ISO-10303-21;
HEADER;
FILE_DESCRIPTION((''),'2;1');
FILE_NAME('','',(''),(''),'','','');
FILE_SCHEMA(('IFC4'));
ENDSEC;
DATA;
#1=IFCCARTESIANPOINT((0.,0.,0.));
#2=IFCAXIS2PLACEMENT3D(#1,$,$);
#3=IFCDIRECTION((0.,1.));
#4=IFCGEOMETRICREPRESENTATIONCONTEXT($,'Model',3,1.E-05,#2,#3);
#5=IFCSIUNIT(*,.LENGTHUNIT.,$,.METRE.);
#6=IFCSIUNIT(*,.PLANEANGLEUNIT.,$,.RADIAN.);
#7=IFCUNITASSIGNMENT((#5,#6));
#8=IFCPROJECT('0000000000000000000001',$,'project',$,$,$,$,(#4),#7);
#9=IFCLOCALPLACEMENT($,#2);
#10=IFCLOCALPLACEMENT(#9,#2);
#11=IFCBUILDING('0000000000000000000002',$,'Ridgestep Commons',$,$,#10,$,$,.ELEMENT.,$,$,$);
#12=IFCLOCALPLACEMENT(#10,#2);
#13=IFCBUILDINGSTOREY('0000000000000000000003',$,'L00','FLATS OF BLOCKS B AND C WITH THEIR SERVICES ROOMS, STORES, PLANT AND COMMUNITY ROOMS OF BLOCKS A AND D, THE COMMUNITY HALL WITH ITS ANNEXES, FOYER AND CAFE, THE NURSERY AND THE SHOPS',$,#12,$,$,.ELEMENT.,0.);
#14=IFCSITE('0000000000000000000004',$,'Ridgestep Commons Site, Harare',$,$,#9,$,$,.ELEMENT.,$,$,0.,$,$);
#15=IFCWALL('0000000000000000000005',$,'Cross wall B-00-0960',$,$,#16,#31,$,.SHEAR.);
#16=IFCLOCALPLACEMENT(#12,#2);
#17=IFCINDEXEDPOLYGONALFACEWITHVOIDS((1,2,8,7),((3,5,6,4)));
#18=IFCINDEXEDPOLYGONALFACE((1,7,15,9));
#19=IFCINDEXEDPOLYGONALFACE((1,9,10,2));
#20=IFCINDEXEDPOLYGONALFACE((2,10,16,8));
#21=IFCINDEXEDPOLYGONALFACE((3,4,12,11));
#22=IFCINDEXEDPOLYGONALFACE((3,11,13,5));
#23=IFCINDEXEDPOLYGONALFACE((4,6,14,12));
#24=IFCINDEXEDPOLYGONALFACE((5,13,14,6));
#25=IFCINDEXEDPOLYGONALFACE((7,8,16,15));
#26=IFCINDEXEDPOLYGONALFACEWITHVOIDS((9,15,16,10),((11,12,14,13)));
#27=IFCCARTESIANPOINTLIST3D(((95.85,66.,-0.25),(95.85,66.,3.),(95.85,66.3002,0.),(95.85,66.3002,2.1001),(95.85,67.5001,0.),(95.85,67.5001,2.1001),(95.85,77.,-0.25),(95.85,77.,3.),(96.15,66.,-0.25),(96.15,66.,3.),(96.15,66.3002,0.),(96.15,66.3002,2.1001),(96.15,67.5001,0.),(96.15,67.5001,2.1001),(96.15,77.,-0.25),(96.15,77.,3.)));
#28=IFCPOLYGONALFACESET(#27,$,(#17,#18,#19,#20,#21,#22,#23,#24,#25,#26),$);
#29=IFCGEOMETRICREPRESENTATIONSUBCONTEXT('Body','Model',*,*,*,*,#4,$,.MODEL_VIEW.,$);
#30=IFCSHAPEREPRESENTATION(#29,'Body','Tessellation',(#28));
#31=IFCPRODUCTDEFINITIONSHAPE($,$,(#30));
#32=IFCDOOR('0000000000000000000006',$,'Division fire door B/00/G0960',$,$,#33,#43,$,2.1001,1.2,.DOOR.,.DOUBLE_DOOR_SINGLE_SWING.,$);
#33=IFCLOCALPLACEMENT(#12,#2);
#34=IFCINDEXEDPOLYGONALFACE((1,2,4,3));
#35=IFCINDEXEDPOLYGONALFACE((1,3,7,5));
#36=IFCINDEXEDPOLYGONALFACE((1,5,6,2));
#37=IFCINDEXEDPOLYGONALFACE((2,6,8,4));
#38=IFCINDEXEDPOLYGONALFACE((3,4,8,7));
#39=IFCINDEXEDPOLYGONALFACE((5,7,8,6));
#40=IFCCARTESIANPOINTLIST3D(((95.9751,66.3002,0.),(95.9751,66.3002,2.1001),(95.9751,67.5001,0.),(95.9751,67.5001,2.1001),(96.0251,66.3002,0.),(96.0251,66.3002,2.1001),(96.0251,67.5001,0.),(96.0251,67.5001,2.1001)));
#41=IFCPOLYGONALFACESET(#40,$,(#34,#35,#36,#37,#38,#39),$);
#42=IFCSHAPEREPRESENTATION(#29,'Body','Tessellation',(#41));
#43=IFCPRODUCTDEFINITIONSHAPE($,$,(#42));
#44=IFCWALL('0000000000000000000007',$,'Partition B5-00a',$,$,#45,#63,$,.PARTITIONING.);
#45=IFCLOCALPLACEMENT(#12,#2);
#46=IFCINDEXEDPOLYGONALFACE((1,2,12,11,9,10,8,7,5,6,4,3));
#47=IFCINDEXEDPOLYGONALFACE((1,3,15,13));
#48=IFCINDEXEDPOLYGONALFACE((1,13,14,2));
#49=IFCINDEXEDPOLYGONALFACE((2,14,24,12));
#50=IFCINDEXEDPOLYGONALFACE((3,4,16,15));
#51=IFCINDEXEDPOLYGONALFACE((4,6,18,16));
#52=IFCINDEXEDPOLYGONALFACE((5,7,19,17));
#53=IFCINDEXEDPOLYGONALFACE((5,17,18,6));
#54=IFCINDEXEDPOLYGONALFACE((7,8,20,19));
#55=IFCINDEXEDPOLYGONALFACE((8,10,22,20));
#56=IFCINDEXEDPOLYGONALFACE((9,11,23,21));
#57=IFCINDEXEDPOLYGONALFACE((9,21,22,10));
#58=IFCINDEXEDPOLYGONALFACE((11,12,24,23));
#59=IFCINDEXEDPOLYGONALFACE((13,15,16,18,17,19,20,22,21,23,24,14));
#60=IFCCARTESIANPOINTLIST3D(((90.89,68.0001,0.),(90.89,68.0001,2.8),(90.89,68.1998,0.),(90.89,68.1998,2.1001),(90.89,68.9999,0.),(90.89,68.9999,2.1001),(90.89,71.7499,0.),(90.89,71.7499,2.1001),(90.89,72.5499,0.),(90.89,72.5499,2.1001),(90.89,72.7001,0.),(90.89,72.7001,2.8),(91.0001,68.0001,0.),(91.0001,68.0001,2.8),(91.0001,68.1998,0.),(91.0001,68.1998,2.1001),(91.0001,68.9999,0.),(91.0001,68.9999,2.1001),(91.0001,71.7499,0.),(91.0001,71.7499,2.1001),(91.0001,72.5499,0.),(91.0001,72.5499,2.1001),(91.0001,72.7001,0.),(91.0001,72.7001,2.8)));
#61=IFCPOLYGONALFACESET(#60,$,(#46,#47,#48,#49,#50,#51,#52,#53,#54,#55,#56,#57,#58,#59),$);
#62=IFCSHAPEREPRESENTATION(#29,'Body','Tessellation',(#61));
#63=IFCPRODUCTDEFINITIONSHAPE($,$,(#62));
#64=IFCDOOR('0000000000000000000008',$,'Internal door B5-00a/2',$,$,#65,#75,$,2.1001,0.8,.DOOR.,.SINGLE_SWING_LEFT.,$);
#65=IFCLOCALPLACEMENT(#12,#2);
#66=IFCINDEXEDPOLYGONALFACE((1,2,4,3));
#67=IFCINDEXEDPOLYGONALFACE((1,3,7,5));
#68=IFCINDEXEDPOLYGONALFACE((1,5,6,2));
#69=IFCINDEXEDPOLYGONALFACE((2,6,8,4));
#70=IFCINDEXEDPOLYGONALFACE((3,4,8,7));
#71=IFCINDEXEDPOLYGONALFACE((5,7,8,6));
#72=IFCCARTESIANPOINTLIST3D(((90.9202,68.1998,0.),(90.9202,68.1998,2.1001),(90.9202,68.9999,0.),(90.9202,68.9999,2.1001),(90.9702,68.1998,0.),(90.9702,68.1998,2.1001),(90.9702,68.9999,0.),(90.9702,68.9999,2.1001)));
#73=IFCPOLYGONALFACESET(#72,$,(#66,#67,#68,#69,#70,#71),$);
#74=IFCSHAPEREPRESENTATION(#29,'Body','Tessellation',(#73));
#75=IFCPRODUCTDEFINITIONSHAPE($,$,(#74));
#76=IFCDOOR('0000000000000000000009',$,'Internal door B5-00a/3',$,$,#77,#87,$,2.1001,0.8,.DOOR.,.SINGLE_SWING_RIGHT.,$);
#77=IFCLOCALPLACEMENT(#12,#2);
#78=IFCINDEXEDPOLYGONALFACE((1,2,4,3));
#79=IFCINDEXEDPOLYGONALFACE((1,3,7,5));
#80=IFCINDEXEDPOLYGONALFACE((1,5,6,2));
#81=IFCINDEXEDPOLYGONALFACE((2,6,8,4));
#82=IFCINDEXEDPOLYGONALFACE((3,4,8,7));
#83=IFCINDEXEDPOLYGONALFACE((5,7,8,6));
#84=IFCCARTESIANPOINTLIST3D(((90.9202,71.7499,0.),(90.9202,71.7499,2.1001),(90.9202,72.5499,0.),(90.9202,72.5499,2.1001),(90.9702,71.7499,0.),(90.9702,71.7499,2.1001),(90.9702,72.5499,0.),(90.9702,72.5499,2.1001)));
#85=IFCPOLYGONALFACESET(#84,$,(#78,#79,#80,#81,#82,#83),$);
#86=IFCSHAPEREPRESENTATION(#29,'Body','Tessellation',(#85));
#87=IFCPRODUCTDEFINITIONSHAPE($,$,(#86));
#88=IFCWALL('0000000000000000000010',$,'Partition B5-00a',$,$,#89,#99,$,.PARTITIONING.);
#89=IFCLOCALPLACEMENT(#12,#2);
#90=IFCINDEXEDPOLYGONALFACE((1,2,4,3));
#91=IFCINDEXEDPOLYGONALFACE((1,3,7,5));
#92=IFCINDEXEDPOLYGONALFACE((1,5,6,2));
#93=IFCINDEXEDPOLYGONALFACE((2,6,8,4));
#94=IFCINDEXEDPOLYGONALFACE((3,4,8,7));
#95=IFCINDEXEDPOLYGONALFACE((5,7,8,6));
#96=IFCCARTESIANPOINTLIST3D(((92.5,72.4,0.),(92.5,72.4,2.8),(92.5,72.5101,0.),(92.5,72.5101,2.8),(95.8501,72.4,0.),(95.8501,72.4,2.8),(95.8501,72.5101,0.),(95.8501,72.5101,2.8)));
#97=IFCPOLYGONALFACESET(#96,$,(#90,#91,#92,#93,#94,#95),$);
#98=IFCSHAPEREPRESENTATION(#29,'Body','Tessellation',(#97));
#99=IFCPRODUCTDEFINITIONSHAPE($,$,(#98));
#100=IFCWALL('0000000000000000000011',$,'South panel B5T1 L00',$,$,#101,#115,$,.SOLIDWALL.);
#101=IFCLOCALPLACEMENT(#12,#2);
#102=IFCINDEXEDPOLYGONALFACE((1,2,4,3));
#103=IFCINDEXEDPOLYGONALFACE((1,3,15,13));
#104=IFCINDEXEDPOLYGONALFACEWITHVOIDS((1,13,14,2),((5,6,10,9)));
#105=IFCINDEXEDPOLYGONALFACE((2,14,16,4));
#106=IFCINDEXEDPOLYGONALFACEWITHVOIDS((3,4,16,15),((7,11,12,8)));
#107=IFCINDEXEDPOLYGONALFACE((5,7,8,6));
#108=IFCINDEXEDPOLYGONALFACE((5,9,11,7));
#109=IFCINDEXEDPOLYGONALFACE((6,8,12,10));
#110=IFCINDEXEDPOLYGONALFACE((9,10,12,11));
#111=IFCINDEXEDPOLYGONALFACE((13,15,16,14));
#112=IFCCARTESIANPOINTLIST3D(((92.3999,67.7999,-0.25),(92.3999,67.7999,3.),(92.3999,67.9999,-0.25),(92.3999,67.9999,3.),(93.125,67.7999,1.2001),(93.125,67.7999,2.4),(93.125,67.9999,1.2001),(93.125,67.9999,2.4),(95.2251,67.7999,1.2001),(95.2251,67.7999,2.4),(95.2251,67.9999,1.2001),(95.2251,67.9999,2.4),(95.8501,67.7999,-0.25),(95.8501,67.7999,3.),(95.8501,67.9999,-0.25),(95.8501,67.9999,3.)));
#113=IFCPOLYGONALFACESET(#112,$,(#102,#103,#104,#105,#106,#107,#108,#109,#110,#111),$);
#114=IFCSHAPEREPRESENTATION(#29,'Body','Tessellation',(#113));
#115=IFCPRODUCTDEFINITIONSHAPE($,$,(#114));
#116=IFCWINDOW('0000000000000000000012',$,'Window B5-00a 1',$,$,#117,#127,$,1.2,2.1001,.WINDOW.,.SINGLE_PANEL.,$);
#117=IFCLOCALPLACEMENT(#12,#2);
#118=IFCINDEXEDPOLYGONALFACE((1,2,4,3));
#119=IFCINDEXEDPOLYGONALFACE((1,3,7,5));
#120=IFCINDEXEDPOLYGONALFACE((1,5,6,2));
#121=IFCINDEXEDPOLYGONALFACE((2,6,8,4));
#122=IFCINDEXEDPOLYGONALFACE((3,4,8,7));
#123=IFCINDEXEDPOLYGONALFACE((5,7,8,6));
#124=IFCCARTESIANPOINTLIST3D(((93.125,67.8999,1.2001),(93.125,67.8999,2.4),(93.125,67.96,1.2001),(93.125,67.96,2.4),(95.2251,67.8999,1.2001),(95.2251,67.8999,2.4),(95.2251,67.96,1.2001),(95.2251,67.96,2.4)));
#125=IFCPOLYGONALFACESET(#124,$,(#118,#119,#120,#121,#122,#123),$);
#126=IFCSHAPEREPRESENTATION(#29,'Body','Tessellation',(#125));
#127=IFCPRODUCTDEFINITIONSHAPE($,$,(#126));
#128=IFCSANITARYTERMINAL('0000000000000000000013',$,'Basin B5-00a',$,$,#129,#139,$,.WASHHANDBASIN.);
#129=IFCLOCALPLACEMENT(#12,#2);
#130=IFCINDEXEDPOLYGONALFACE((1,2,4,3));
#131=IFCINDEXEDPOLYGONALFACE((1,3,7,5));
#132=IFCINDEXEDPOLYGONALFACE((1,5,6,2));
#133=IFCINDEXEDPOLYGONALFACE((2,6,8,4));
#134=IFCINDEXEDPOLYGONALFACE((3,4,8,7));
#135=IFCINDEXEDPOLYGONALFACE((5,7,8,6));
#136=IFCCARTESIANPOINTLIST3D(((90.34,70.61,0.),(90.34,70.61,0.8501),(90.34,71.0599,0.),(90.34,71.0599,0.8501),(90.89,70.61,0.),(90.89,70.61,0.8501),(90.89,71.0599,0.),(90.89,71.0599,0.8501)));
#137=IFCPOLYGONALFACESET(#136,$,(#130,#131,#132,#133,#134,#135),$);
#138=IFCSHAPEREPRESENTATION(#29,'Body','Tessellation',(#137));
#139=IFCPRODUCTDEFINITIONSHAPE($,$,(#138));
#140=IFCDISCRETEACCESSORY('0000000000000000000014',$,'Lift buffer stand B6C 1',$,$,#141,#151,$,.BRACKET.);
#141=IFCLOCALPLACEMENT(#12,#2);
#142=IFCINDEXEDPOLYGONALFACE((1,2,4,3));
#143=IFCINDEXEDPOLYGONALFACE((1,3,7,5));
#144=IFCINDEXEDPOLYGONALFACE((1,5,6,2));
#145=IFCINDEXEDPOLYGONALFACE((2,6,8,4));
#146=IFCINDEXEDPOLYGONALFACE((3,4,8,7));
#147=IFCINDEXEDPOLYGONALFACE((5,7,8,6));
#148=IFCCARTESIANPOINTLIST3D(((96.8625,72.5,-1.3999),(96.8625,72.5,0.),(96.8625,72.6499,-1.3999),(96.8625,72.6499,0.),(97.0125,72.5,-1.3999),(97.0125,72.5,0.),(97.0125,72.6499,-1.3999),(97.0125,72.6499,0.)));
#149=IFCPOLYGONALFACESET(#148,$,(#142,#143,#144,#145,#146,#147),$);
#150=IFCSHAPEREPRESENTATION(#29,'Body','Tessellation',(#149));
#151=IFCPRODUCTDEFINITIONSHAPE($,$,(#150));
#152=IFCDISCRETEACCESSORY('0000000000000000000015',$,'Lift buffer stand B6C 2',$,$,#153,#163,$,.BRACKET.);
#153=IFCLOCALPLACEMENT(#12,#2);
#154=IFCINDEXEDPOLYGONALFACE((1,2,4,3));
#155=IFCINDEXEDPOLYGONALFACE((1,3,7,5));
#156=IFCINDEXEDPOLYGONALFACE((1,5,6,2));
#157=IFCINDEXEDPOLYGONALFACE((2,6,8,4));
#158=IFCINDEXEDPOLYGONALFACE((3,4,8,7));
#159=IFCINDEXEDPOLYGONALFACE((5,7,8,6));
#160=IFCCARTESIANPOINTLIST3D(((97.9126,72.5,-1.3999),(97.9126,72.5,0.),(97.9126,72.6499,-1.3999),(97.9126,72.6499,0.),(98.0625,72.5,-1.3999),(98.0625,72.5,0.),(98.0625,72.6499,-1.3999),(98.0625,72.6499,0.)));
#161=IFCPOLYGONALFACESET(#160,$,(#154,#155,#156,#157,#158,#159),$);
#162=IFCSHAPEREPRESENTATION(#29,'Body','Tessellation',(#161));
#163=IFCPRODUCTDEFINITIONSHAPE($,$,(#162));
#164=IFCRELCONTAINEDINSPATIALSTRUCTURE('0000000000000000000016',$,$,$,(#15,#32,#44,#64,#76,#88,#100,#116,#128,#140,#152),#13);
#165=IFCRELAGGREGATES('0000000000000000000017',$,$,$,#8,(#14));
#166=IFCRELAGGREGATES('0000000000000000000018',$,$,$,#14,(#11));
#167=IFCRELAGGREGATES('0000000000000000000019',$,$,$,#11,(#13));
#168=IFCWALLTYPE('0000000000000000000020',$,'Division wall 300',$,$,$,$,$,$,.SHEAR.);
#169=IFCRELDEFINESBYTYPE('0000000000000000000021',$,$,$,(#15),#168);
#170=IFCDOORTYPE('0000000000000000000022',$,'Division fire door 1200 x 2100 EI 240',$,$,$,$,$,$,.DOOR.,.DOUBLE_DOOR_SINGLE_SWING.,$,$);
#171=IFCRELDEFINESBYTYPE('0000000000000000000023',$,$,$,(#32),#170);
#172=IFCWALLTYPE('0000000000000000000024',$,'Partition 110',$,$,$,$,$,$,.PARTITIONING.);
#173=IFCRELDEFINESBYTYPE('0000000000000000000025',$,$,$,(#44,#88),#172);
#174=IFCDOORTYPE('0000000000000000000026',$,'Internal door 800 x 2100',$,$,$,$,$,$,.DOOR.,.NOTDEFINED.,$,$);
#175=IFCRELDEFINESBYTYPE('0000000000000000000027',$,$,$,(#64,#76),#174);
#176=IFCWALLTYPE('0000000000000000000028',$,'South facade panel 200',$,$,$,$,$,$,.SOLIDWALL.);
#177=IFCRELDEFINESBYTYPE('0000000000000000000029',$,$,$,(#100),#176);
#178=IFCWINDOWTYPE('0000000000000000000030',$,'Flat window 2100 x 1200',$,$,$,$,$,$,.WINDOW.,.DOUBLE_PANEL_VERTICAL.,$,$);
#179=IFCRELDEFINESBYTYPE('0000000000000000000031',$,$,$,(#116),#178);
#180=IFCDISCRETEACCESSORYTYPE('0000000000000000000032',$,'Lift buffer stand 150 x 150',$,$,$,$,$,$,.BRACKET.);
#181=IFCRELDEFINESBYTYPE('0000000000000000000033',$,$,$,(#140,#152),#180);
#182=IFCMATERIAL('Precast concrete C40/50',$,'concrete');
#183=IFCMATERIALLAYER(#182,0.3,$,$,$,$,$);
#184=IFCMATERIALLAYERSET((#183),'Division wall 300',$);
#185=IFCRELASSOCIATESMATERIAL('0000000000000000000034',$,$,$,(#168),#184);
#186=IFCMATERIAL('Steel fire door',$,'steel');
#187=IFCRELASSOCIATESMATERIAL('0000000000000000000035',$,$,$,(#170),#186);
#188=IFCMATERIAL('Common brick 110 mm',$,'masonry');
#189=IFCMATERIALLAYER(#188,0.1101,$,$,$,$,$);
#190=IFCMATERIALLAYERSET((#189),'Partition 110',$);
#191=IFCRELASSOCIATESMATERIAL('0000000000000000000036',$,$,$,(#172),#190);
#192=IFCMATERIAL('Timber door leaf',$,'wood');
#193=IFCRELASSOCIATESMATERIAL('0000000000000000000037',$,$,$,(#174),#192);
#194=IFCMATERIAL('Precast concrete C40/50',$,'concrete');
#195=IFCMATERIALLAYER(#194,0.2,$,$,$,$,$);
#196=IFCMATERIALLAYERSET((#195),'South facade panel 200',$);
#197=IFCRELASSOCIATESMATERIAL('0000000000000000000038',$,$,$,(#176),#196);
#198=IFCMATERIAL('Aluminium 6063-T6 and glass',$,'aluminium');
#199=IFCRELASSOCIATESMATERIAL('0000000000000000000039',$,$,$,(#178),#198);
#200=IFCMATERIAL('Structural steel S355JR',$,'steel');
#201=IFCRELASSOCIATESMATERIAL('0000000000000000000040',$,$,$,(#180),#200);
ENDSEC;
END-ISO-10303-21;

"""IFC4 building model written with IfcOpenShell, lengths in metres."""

from ifc_helpers import new_model, si_unit, direction, frame, frame_2d, origin, origin_2d, place, context, subcontext, project, spatial, rectangle, extrude, material, layer, layer_set, type_object, element, fill, save


model = new_model("IFC4")

# Units and contexts
model_context = context("Model", 3, precision=1e-05, world=origin(), true_north=direction((0.0, 1.0)))
body_context = subcontext(model_context, "Body", "Model", "MODEL_VIEW")
ifc_project = project(units=[si_unit("LENGTHUNIT", "METRE"), si_unit("PLANEANGLEUNIT", "RADIAN")], contexts=[model_context])

# Site, building, storey
site_placement = place(None, origin())
site = spatial("IfcSite", under=ifc_project, at=site_placement, Name="Ridgestep Commons Site, Harare", CompositionType="ELEMENT", RefElevation=0.0)
building_placement = place(site_placement, origin())
building = spatial("IfcBuilding", under=site, at=building_placement, Name="Ridgestep Commons", CompositionType="ELEMENT")
storey_placement = place(building_placement, origin())
storey = spatial("IfcBuildingStorey", under=building, at=storey_placement, Name="L00", Description="FLATS OF BLOCKS B AND C WITH THEIR SERVICES ROOMS, STORES, PLANT AND COMMUNITY ROOMS OF BLOCKS A AND D, THE COMMUNITY HALL WITH ITS ANNEXES, FOYER AND CAFE, THE NURSERY AND THE SHOPS", CompositionType="ELEMENT", Elevation=0.0)

# Wall, opening, door
ifc_material_1 = material(Name="Precast concrete C40/50", Category="concrete")
ifc_layer_1 = layer(ifc_material_1, 0.3)
ifc_layer_set_1 = layer_set([ifc_layer_1], Name="Division wall 300")
wall_type_1 = type_object("IfcWallType", Name="Division wall 300", PredefinedType="SHEAR", material=ifc_layer_set_1)
wall_1_placement = place(storey_placement, frame((96.0, 66.0, -0.25), z_axis=(0.0, 0.0, 1.0), x_axis=(0.0, 1.0, 0.0)))
wall_1 = element("IfcWall", 1, at=wall_1_placement, inside=storey, type_object=wall_type_1, Name="Cross wall B-00-0960", PredefinedType="SHEAR", context=body_context, shape_type="SweptSolid", body=[
    extrude(rectangle(XDim=11.0, YDim=0.3, at=frame_2d((5.5, 0.0))), origin(), (0.0, 0.0, 1.0), 3.25),
])
opening_1_placement = place(wall_1_placement, frame((0.3, 0.0, 0.25)))
opening_1 = element("IfcOpeningElement", 2, at=opening_1_placement, cuts=wall_1, PredefinedType="OPENING", context=body_context, shape_type="SweptSolid", body=[
    extrude(rectangle(XDim=1.2, YDim=2.1001, at=frame_2d((0.6001, 1.05))), frame((0.0, 0.1599, 0.0), z_axis=(0.0, -1.0, 0.0), x_axis=(1.0, 0.0, 0.0)), (0.0, 0.0, 1.0), 0.3201),
])
ifc_material_2 = material(Name="Steel fire door", Category="steel")
door_type_1 = type_object("IfcDoorType", Name="Division fire door 1200 x 2100 EI 240", OperationType="DOUBLE_DOOR_SINGLE_SWING", PredefinedType="DOOR", material=ifc_material_2)
door_1_placement = place(opening_1_placement, origin())
door_1 = element("IfcDoor", 3, at=door_1_placement, inside=storey, type_object=door_type_1, Name="Division fire door B/00/G0960", OperationType="DOUBLE_DOOR_SINGLE_SWING", OverallHeight=2.1001, OverallWidth=1.2, PredefinedType="DOOR", context=body_context, shape_type="SweptSolid", body=[
    extrude(rectangle(XDim=1.2, YDim=2.1001, at=frame_2d((0.6001, 1.05))), frame((0.0, 0.0249, 0.0), z_axis=(0.0, -1.0, 0.0), x_axis=(1.0, 0.0, 0.0)), (0.0, 0.0, 1.0), 0.05),
])
fill(opening_1, door_1)

# Wall, openings, doors
ifc_material_3 = material(Name="Common brick 110 mm", Category="masonry")
ifc_layer_2 = layer(ifc_material_3, 0.1101)
ifc_layer_set_2 = layer_set([ifc_layer_2], Name="Partition 110")
wall_type_2 = type_object("IfcWallType", Name="Partition 110", PredefinedType="PARTITIONING", material=ifc_layer_set_2)
wall_2_placement = place(storey_placement, frame((90.9451, 68.0, 0.0), z_axis=(0.0, 0.0, 1.0), x_axis=(0.0, 1.0, 0.0)))
wall_2 = element("IfcWall", 4, at=wall_2_placement, inside=storey, type_object=wall_type_2, Name="Partition B5-00a", PredefinedType="PARTITIONING", context=body_context, shape_type="SweptSolid", body=[
    extrude(rectangle(XDim=4.7, YDim=0.1101, at=frame_2d((2.3501, 0.0))), origin(), (0.0, 0.0, 1.0), 2.8),
])
opening_2_placement = place(wall_2_placement, frame((0.2, 0.0, 0.0)))
opening_2 = element("IfcOpeningElement", 5, at=opening_2_placement, cuts=wall_2, PredefinedType="OPENING", context=body_context, shape_type="SweptSolid", body=[
    extrude(rectangle(XDim=0.8, YDim=2.1001, at=frame_2d((0.3999, 1.05))), frame((0.0, 0.0649, 0.0), z_axis=(0.0, -1.0, 0.0), x_axis=(1.0, 0.0, 0.0)), (0.0, 0.0, 1.0), 0.1301),
])
opening_3_placement = place(wall_2_placement, frame((3.75, 0.0, 0.0)))
opening_3 = element("IfcOpeningElement", 6, at=opening_3_placement, cuts=wall_2, PredefinedType="OPENING", context=body_context, shape_type="SweptSolid", body=[
    extrude(rectangle(XDim=0.8, YDim=2.1001, at=frame_2d((0.3999, 1.05))), frame((0.0, 0.0649, 0.0), z_axis=(0.0, -1.0, 0.0), x_axis=(1.0, 0.0, 0.0)), (0.0, 0.0, 1.0), 0.1301),
])
ifc_material_4 = material(Name="Timber door leaf", Category="wood")
door_type_2 = type_object("IfcDoorType", Name="Internal door 800 x 2100", OperationType="NOTDEFINED", PredefinedType="DOOR", material=ifc_material_4)
door_2_placement = place(opening_2_placement, origin())
door_2 = element("IfcDoor", 7, at=door_2_placement, inside=storey, type_object=door_type_2, Name="Internal door B5-00a/2", OperationType="SINGLE_SWING_LEFT", OverallHeight=2.1001, OverallWidth=0.8, PredefinedType="DOOR", context=body_context, shape_type="SweptSolid", body=[
    extrude(rectangle(XDim=0.8, YDim=2.1001, at=frame_2d((0.3999, 1.05))), frame((0.0, 0.0249, 0.0), z_axis=(0.0, -1.0, 0.0), x_axis=(1.0, 0.0, 0.0)), (0.0, 0.0, 1.0), 0.05),
])
fill(opening_2, door_2)
door_3_placement = place(opening_3_placement, origin())
door_3 = element("IfcDoor", 8, at=door_3_placement, inside=storey, type_object=door_type_2, Name="Internal door B5-00a/3", OperationType="SINGLE_SWING_RIGHT", OverallHeight=2.1001, OverallWidth=0.8, PredefinedType="DOOR", context=body_context, shape_type="SweptSolid", body=[
    extrude(rectangle(XDim=0.8, YDim=2.1001, at=frame_2d((0.3999, 1.05))), frame((0.0, 0.0249, 0.0), z_axis=(0.0, -1.0, 0.0), x_axis=(1.0, 0.0, 0.0)), (0.0, 0.0, 1.0), 0.05),
])
fill(opening_3, door_3)

# Wall
wall_3_placement = place(storey_placement, frame((92.5, 72.4551, 0.0), z_axis=(0.0, 0.0, 1.0), x_axis=(1.0, 0.0, 0.0)))
element("IfcWall", 9, at=wall_3_placement, inside=storey, type_object=wall_type_2, Name="Partition B5-00a", PredefinedType="PARTITIONING", context=body_context, shape_type="SweptSolid", body=[
    extrude(rectangle(XDim=3.3501, YDim=0.1101, at=frame_2d((1.675, 0.0))), origin(), (0.0, 0.0, 1.0), 2.8),
])

# Wall, opening, window
ifc_material_5 = material(Name="Precast concrete C40/50", Category="concrete")
ifc_layer_3 = layer(ifc_material_5, 0.2)
ifc_layer_set_3 = layer_set([ifc_layer_3], Name="South facade panel 200")
wall_type_3 = type_object("IfcWallType", Name="South facade panel 200", PredefinedType="SOLIDWALL", material=ifc_layer_set_3)
wall_4_placement = place(storey_placement, frame((92.3999, 67.8999, -0.25), z_axis=(0.0, 0.0, 1.0), x_axis=(1.0, 0.0, 0.0)))
wall_4 = element("IfcWall", 10, at=wall_4_placement, inside=storey, type_object=wall_type_3, Name="South panel B5T1 L00", PredefinedType="SOLIDWALL", context=body_context, shape_type="SweptSolid", body=[
    extrude(rectangle(XDim=3.4502, YDim=0.2, at=frame_2d((1.7251, 0.0))), origin(), (0.0, 0.0, 1.0), 3.25),
])
opening_4_placement = place(wall_4_placement, frame((0.7251, 0.0, 1.45)))
opening_4 = element("IfcOpeningElement", 11, at=opening_4_placement, cuts=wall_4, PredefinedType="OPENING", context=body_context, shape_type="SweptSolid", body=[
    extrude(rectangle(XDim=2.1001, YDim=1.2, at=frame_2d((1.05, 0.6001))), frame((0.0, 0.1099, 0.0), z_axis=(0.0, -1.0, 0.0), x_axis=(1.0, 0.0, 0.0)), (0.0, 0.0, 1.0), 0.22),
])
ifc_material_6 = material(Name="Aluminium 6063-T6 and glass", Category="aluminium")
window_type = type_object("IfcWindowType", Name="Flat window 2100 x 1200", PartitioningType="DOUBLE_PANEL_VERTICAL", PredefinedType="WINDOW", material=ifc_material_6)
window_placement = place(opening_4_placement, origin())
window = element("IfcWindow", 12, at=window_placement, inside=storey, type_object=window_type, Name="Window B5-00a 1", OverallHeight=1.2, OverallWidth=2.1001, PartitioningType="SINGLE_PANEL", PredefinedType="WINDOW", context=body_context, shape_type="SweptSolid", body=[
    extrude(rectangle(XDim=2.1001, YDim=1.2, at=frame_2d((1.05, 0.6001))), frame((0.0, 0.0601, 0.0), z_axis=(0.0, -1.0, 0.0), x_axis=(1.0, 0.0, 0.0)), (0.0, 0.0, 1.0), 0.0601),
])
fill(opening_4, window)

# Sanitary terminal
sanitary_terminal_placement = place(storey_placement, frame((90.615, 70.835, 0.0), z_axis=(0.0, 0.0, 1.0), x_axis=(1.0, 0.0, 0.0)))
element("IfcSanitaryTerminal", 13, at=sanitary_terminal_placement, inside=storey, Name="Basin B5-00a", PredefinedType="WASHHANDBASIN", context=body_context, shape_type="SweptSolid", body=[
    extrude(rectangle(XDim=0.55, YDim=0.45, at=origin_2d()), origin(), (0.0, 0.0, 1.0), 0.8501),
])

# Discrete accessories
ifc_material_7 = material(Name="Structural steel S355JR", Category="steel")
discrete_accessory_type = type_object("IfcDiscreteAccessoryType", Name="Lift buffer stand 150 x 150", PredefinedType="BRACKET", material=ifc_material_7)
for number, where, z_axis, x_axis, name in (
    (14, (96.9375, 72.575, -1.3999), (0.0, 0.0, 1.0), (1.0, 0.0, 0.0), "Lift buffer stand B6C 1"),
    (15, (97.9875, 72.575, -1.3999), (0.0, 0.0, 1.0), (1.0, 0.0, 0.0), "Lift buffer stand B6C 2"),
):
    element("IfcDiscreteAccessory", number, at=place(storey_placement, frame(where, z_axis=z_axis, x_axis=x_axis)), inside=storey, type_object=discrete_accessory_type, Name=name, PredefinedType="BRACKET", context=body_context, shape_type="SweptSolid", body=[
        extrude(rectangle(XDim=0.1499, YDim=0.1499, at=origin_2d()), origin(), (0.0, 0.0, 1.0), 1.3999),
    ])

save(model, "model.ifc")
